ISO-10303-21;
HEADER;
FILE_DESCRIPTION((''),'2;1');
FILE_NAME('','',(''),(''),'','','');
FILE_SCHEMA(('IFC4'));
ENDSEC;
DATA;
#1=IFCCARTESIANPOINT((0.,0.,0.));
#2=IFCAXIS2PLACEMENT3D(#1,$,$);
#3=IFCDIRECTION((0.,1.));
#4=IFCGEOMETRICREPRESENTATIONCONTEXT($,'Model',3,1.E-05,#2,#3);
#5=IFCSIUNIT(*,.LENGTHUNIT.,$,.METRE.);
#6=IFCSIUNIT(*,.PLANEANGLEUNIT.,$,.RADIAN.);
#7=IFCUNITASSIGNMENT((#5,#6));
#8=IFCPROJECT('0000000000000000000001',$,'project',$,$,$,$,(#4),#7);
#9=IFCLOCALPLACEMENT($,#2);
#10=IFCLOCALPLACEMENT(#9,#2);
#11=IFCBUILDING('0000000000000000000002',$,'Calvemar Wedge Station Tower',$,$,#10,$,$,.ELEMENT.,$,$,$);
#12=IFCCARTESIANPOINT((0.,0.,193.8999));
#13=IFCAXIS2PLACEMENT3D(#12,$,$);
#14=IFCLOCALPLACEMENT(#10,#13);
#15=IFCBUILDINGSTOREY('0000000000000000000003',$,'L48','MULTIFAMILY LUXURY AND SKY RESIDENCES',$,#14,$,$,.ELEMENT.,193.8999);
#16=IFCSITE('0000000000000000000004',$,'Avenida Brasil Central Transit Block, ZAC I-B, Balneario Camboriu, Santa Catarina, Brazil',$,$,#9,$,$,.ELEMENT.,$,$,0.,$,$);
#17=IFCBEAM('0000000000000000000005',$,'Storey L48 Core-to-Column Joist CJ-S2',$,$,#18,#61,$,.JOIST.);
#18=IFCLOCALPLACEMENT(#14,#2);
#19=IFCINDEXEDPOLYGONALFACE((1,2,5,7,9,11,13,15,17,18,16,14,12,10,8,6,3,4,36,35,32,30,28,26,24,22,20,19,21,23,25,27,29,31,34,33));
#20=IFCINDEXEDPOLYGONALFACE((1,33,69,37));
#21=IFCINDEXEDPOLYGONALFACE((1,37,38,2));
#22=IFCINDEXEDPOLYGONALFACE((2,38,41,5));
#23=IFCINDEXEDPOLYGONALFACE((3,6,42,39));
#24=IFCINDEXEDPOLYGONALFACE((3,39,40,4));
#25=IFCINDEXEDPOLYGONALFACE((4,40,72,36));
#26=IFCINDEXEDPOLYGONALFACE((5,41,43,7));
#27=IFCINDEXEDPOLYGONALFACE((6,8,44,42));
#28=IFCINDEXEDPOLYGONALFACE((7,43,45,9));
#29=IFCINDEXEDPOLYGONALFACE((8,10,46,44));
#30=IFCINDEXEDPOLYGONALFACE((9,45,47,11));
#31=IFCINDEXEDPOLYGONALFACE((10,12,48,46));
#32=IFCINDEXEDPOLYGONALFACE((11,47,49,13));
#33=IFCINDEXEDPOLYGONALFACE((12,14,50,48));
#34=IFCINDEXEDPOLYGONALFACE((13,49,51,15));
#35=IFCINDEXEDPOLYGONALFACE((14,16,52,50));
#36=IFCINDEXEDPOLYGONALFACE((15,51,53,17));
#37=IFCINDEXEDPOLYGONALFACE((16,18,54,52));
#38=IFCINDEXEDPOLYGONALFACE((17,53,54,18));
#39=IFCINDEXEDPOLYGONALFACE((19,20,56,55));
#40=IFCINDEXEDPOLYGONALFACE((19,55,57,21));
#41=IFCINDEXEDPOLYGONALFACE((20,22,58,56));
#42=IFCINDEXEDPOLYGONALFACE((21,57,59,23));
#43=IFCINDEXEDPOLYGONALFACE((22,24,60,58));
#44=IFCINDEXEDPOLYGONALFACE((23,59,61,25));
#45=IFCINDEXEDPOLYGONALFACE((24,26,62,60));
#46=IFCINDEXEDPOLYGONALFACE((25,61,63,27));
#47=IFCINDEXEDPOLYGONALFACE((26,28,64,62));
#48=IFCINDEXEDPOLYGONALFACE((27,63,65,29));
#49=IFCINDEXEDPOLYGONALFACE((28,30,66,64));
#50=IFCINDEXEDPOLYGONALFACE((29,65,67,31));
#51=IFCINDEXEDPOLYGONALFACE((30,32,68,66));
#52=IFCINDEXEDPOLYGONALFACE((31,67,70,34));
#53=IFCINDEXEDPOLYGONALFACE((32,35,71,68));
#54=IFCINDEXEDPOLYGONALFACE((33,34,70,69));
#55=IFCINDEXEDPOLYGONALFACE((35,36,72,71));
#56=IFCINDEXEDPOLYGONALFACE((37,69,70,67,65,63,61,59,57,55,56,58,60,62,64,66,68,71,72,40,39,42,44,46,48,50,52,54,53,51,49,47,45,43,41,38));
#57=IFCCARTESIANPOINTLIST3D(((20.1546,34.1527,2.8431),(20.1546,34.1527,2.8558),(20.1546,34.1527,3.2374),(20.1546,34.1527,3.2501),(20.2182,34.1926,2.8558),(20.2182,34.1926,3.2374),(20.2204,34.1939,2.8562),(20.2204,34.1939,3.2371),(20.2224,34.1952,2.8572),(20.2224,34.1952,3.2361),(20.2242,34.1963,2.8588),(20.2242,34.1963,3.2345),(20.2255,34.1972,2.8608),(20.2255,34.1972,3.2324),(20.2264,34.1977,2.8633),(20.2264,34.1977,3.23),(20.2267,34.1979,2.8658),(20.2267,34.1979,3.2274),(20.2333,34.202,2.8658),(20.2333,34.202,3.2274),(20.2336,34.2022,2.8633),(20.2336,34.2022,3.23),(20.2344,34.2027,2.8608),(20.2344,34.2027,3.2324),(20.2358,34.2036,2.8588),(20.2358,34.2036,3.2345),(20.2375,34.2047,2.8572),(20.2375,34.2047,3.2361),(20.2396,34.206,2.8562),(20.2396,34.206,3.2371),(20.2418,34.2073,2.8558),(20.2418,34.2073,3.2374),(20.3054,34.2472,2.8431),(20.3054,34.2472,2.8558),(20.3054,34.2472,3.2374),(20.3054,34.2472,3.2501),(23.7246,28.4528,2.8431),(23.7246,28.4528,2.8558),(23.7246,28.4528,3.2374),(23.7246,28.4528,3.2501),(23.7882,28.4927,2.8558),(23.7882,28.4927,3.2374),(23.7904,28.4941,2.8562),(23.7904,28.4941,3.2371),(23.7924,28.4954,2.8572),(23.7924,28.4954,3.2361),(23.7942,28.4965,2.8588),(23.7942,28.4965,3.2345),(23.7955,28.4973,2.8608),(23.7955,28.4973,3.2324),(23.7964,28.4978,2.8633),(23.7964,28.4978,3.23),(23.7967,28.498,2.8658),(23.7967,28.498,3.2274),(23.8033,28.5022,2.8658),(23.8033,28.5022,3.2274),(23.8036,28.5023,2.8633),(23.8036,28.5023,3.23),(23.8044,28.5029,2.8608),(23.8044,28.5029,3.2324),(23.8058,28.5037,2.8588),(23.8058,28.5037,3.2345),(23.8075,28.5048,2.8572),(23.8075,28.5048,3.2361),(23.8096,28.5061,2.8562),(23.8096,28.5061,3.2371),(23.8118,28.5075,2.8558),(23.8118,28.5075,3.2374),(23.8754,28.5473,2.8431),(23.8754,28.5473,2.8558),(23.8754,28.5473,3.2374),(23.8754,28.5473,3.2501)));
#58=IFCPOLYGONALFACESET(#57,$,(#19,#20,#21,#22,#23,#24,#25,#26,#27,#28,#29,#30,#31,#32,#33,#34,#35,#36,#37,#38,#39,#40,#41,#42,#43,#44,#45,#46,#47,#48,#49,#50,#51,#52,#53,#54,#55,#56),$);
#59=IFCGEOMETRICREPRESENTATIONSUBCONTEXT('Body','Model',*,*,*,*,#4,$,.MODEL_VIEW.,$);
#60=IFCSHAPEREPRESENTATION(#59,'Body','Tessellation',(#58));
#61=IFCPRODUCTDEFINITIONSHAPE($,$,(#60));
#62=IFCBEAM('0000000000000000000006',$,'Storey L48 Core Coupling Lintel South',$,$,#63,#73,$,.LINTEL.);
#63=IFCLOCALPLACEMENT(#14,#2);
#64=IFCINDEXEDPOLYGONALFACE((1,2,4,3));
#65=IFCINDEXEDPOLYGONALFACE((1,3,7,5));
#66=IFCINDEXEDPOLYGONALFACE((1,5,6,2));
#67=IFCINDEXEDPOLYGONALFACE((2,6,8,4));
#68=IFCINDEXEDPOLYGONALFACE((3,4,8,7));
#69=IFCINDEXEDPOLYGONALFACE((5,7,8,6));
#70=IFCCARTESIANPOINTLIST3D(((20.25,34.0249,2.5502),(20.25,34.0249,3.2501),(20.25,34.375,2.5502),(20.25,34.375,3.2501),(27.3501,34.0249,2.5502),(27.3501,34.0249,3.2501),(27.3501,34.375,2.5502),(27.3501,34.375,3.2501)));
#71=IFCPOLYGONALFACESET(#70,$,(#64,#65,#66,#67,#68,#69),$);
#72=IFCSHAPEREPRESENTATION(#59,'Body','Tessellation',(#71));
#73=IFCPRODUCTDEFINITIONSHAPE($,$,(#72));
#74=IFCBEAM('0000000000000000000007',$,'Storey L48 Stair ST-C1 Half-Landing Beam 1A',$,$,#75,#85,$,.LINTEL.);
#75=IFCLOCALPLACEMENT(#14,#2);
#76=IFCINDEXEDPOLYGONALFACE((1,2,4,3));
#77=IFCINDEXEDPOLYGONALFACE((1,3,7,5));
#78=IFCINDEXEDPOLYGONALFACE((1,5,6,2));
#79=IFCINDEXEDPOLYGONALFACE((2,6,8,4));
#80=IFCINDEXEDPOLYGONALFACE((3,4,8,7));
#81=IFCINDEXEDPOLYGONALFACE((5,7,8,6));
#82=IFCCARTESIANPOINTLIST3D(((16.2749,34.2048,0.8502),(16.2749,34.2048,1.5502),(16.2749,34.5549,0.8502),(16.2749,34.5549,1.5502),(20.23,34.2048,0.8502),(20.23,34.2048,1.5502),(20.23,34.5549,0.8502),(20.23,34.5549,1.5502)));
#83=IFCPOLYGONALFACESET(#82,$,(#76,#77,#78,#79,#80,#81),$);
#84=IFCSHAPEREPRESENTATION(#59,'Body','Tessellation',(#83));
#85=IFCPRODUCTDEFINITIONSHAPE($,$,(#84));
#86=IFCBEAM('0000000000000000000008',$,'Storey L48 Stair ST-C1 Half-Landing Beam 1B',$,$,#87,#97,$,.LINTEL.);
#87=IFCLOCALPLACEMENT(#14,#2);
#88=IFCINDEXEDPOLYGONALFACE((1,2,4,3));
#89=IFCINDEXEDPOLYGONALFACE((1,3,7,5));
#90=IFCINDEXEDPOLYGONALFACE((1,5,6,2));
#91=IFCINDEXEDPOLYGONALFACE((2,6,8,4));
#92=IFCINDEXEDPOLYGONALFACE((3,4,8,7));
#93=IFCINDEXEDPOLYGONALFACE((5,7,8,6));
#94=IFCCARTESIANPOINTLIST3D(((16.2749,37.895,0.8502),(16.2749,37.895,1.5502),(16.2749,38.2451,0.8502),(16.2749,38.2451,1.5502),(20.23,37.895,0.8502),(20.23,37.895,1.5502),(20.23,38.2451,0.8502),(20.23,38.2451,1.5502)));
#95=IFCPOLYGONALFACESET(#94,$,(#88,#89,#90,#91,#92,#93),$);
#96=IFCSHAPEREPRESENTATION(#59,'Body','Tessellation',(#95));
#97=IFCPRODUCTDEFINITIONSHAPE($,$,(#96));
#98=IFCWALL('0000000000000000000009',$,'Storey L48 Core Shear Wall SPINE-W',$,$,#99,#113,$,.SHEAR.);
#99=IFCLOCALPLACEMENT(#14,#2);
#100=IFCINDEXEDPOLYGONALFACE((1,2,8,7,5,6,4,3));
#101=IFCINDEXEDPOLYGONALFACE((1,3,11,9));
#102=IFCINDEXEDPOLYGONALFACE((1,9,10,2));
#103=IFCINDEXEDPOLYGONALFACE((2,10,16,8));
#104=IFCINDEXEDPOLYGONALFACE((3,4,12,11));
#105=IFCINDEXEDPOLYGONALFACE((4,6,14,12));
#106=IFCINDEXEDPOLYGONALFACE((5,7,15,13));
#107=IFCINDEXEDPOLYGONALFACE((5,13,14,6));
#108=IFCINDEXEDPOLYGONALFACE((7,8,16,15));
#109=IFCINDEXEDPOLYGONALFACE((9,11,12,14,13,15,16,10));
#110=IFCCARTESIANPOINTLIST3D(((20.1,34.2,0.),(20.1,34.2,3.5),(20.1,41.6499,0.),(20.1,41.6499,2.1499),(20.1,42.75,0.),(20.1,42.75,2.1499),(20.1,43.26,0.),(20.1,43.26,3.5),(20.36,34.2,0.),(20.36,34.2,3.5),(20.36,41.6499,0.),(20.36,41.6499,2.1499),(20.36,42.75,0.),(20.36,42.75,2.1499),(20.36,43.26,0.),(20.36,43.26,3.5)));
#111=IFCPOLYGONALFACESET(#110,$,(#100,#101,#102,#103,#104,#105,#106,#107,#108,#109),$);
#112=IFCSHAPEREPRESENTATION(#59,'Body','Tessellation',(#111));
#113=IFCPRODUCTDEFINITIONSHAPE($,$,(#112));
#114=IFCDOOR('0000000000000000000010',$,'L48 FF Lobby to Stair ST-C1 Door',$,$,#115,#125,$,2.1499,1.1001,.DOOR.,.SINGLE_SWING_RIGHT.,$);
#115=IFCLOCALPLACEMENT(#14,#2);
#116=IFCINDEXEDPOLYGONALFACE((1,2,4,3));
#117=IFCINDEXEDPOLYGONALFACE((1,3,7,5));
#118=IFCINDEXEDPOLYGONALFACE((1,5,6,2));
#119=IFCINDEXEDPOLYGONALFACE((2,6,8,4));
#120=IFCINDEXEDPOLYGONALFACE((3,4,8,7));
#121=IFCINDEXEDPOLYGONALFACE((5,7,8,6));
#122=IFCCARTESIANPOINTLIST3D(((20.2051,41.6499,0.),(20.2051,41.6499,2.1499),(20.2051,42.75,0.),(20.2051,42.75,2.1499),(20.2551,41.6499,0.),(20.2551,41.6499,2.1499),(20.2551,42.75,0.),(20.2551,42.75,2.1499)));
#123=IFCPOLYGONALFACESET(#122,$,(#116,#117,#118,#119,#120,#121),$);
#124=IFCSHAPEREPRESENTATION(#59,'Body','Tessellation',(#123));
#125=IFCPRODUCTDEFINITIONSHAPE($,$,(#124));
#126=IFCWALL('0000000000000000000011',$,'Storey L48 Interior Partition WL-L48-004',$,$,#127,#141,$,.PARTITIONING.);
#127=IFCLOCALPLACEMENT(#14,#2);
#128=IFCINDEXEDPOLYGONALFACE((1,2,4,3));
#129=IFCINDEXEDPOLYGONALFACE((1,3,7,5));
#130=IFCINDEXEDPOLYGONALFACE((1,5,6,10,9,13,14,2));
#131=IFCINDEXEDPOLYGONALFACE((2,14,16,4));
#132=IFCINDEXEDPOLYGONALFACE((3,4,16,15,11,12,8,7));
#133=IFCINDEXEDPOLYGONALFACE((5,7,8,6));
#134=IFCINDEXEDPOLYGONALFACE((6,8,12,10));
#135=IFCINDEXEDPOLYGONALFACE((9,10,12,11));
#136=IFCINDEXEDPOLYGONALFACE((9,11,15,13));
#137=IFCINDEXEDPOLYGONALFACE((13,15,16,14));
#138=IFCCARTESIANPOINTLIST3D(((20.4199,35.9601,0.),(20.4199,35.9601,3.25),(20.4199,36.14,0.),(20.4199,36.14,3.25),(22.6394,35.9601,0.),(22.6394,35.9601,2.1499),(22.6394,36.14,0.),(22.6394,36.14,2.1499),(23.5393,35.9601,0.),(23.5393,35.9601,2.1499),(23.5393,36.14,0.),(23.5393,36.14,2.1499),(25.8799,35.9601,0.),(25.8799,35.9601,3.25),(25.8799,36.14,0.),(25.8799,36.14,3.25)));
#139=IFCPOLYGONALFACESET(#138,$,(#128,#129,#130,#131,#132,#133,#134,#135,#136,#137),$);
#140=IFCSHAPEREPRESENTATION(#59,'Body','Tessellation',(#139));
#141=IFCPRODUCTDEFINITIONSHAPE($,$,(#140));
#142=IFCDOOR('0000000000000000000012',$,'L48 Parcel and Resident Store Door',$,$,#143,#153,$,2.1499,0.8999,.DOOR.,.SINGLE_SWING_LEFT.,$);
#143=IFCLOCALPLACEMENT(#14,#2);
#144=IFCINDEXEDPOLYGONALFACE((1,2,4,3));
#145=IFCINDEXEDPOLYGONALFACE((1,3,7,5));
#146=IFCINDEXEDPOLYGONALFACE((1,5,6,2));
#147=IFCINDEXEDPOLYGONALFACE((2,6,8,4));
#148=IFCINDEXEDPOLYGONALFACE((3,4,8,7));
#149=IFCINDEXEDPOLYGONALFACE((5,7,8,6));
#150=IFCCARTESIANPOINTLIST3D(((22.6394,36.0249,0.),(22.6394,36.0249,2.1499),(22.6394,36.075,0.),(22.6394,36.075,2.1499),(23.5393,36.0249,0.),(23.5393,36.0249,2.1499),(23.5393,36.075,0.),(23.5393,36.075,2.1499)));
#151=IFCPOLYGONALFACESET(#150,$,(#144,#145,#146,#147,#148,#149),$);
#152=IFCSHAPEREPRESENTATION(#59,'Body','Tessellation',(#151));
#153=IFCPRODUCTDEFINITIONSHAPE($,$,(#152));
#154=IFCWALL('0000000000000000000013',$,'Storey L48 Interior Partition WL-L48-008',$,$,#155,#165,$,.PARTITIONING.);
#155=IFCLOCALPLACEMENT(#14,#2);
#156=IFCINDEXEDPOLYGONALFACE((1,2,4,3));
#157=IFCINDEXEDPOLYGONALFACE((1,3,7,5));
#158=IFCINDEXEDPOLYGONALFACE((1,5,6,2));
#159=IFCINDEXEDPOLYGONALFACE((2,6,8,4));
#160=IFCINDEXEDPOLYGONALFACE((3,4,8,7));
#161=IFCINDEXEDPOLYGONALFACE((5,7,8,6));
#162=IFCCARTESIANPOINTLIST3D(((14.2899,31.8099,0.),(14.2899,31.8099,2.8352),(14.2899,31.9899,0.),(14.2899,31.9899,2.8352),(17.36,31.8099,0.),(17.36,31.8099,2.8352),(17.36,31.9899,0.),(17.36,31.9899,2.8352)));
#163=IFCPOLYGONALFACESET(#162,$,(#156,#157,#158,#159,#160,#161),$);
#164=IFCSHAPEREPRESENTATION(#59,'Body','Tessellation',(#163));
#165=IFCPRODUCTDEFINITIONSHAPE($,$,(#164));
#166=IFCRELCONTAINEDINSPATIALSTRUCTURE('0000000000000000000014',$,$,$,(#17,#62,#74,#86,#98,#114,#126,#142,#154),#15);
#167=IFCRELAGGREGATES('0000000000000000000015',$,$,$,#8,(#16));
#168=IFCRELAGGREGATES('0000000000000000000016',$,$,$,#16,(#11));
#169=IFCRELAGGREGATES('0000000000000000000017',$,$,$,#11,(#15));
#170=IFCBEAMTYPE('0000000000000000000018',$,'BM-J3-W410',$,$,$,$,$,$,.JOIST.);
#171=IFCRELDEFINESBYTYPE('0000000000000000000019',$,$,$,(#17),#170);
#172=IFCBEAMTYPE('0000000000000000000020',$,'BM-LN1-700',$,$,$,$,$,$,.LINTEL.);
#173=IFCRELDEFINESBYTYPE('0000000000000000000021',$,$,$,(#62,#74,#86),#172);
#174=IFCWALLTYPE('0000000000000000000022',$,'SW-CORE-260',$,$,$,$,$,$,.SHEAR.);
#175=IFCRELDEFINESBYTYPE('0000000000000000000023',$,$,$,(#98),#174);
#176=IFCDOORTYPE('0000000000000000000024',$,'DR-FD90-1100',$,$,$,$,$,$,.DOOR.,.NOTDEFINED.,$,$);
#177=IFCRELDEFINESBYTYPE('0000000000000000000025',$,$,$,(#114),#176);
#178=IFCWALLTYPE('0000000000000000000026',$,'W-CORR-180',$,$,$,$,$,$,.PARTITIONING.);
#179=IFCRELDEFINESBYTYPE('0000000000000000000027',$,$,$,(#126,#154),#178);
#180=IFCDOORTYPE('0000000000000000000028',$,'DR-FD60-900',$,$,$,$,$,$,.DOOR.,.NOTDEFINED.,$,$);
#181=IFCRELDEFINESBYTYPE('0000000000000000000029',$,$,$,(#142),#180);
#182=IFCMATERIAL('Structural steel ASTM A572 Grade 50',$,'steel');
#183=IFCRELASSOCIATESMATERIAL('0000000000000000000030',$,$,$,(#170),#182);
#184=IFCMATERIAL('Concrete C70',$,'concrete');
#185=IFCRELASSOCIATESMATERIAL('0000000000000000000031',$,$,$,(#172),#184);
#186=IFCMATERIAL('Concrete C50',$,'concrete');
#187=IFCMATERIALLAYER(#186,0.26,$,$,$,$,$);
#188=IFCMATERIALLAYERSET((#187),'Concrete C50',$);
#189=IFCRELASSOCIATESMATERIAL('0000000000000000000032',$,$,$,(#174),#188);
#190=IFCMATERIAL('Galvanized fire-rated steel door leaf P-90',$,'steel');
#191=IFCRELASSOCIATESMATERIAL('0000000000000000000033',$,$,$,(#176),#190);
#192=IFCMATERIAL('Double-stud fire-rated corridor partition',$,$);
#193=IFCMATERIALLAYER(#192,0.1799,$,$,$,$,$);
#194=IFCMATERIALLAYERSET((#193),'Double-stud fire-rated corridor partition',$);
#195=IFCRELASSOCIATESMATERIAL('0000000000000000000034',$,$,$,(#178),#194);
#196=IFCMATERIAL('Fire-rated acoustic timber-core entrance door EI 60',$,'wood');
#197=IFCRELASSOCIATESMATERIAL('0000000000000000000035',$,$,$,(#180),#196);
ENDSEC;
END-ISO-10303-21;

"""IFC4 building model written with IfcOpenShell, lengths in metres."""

from ifc_helpers import new_model, si_unit, direction, frame, frame_2d, origin, origin_2d, place, context, subcontext, project, spatial, rectangle, i_section, extrude, source, transform, mapped, material, layer, layer_set, material_profile, profile_set, type_object, element, fill, save


model = new_model("IFC4")

# Units and contexts
model_context = context("Model", 3, precision=1e-05, world=origin(), true_north=direction((0.0, 1.0)))
body_context = subcontext(model_context, "Body", "Model", "MODEL_VIEW")
ifc_project = project(units=[si_unit("LENGTHUNIT", "METRE"), si_unit("PLANEANGLEUNIT", "RADIAN")], contexts=[model_context])

# Site, building, storey
site_placement = place(None, origin())
site = spatial("IfcSite", under=ifc_project, at=site_placement, Name="Avenida Brasil Central Transit Block, ZAC I-B, Balneario Camboriu, Santa Catarina, Brazil", CompositionType="ELEMENT", RefElevation=0.0)
building_placement = place(site_placement, origin())
building = spatial("IfcBuilding", under=site, at=building_placement, Name="Calvemar Wedge Station Tower", CompositionType="ELEMENT")
storey_placement = place(building_placement, frame((0.0, 0.0, 193.8999)))
storey = spatial("IfcBuildingStorey", under=building, at=storey_placement, Name="L48", Description="MULTIFAMILY LUXURY AND SKY RESIDENCES", CompositionType="ELEMENT", Elevation=193.8999)

# Beams
ifc_material_1 = material(Name="Structural steel ASTM A572 Grade 50", Category="steel")
ifc_material_profile_1 = material_profile(ifc_material_1, i_section(OverallWidth=0.178, OverallDepth=0.407, WebThickness=0.0078, FlangeThickness=0.0127, FilletRadius=0.01, at=origin_2d()), Name="W410x60")
ifc_profile_set_1 = profile_set([ifc_material_profile_1], Name="Structural steel ASTM A572 Grade 50")
beam_type_1 = type_object("IfcBeamType", Name="BM-J3-W410", PredefinedType="JOIST", material=ifc_profile_set_1)
shared_shape_1 = source(origin(), body_context, "Body", "SweptSolid", [
    extrude(i_section(OverallWidth=0.178, OverallDepth=0.407, WebThickness=0.0078, FlangeThickness=0.0127, FilletRadius=0.01, at=origin_2d()), origin(), (0.0, 0.0, 1.0), 6.7256),
])
beam_1_placement = place(storey_placement, frame((20.23, 34.2, 3.0466), z_axis=(0.530811, -0.84749, 0.0), x_axis=(0.84749, 0.530811, 0.0)))
element("IfcBeam", 1, at=beam_1_placement, inside=storey, type_object=beam_type_1, Name="Storey L48 Core-to-Column Joist CJ-S2", PredefinedType="JOIST", context=body_context, shape_type="MappedRepresentation", body=[
    mapped(shared_shape_1, transform((0.0, 0.0, 0.0), scale=1.0)),
])
ifc_material_2 = material(Name="Concrete C70", Category="concrete")
ifc_material_profile_2 = material_profile(ifc_material_2, rectangle(XDim=0.3501, YDim=0.7, at=origin_2d()), Name="RC350x700")
ifc_profile_set_2 = profile_set([ifc_material_profile_2], Name="Concrete C70")
beam_type_2 = type_object("IfcBeamType", Name="BM-LN1-700", PredefinedType="LINTEL", material=ifc_profile_set_2)
shared_shape_2 = source(origin(), body_context, "Body", "SweptSolid", [
    extrude(rectangle(XDim=0.3501, YDim=0.7, at=origin_2d()), origin(), (0.0, 0.0, 1.0), 7.1001),
])
beam_2_placement = place(storey_placement, frame((20.25, 34.2, 2.9001), z_axis=(1.0, 0.0, 0.0), x_axis=(0.0, 1.0, 0.0)))
element("IfcBeam", 2, at=beam_2_placement, inside=storey, type_object=beam_type_2, Name="Storey L48 Core Coupling Lintel South", PredefinedType="LINTEL", context=body_context, shape_type="MappedRepresentation", body=[
    mapped(shared_shape_2, transform((0.0, 0.0, 0.0), scale=1.0)),
])
shared_shape_3 = source(origin(), body_context, "Body", "SweptSolid", [
    extrude(rectangle(XDim=0.3501, YDim=0.7, at=origin_2d()), origin(), (0.0, 0.0, 1.0), 3.9551),
])
for number, where, z_axis, x_axis, name in (
    (3, (16.2749, 34.3799, 1.2002), (1.0, 0.0, 0.0), (0.0, 1.0, 0.0), "Storey L48 Stair ST-C1 Half-Landing Beam 1A"),
    (4, (16.2749, 38.0701, 1.2002), (1.0, 0.0, 0.0), (0.0, 1.0, 0.0), "Storey L48 Stair ST-C1 Half-Landing Beam 1B"),
):
    element("IfcBeam", number, at=place(storey_placement, frame(where, z_axis=z_axis, x_axis=x_axis)), inside=storey, type_object=beam_type_2, Name=name, PredefinedType="LINTEL", context=body_context, shape_type="MappedRepresentation", body=[
        mapped(shared_shape_3, transform((0.0, 0.0, 0.0), scale=1.0)),
    ])

# Walls, openings, doors
ifc_material_3 = material(Name="Concrete C50", Category="concrete")
ifc_layer_1 = layer(ifc_material_3, 0.26)
ifc_layer_set_1 = layer_set([ifc_layer_1], Name="Concrete C50")
wall_type_1 = type_object("IfcWallType", Name="SW-CORE-260", PredefinedType="SHEAR", material=ifc_layer_set_1)
wall_1_placement = place(storey_placement, frame((20.23, 34.2, 0.0), z_axis=(0.0, 0.0, 1.0), x_axis=(0.0, 1.0, 0.0)))
wall_1 = element("IfcWall", 5, at=wall_1_placement, inside=storey, type_object=wall_type_1, Name="Storey L48 Core Shear Wall SPINE-W", PredefinedType="SHEAR", context=body_context, shape_type="SweptSolid", body=[
    extrude(rectangle(XDim=9.0601, YDim=0.26, at=frame_2d((4.53, 0.0))), origin(), (0.0, 0.0, 1.0), 3.5),
])
shared_shape_4 = source(origin(), body_context, "Body", "SweptSolid", [
    extrude(rectangle(XDim=1.1001, YDim=2.1499, at=frame_2d((0.55, 1.075))), frame((0.0, 0.1401, 0.0), z_axis=(0.0, -1.0, 0.0), x_axis=(1.0, 0.0, 0.0)), (0.0, 0.0, 1.0), 0.28),
])
opening_1_placement = place(wall_1_placement, frame((7.45, 0.0, 0.0)))
opening_1 = element("IfcOpeningElement", 6, at=opening_1_placement, cuts=wall_1, PredefinedType="OPENING", context=body_context, shape_type="MappedRepresentation", body=[
    mapped(shared_shape_4, transform((0.0, 0.0, 0.0), scale=1.0)),
])
ifc_material_4 = material(Name="Galvanized fire-rated steel door leaf P-90", Category="steel")
door_type_1 = type_object("IfcDoorType", Name="DR-FD90-1100", OperationType="NOTDEFINED", PredefinedType="DOOR", material=ifc_material_4)
shared_shape_5 = source(origin(), body_context, "Body", "SweptSolid", [
    extrude(rectangle(XDim=1.1001, YDim=2.1499, at=frame_2d((0.55, 1.075))), frame((0.0, 0.0249, 0.0), z_axis=(0.0, -1.0, 0.0), x_axis=(1.0, 0.0, 0.0)), (0.0, 0.0, 1.0), 0.05),
])
door_1_placement = place(opening_1_placement, origin())
door_1 = element("IfcDoor", 7, at=door_1_placement, inside=storey, type_object=door_type_1, Name="L48 FF Lobby to Stair ST-C1 Door", OperationType="SINGLE_SWING_RIGHT", OverallHeight=2.1499, OverallWidth=1.1001, PredefinedType="DOOR", context=body_context, shape_type="MappedRepresentation", body=[
    mapped(shared_shape_5, transform((0.0, 0.0, 0.0), scale=1.0)),
])
fill(opening_1, door_1)
ifc_material_5 = material(Name="Double-stud fire-rated corridor partition")
ifc_layer_2 = layer(ifc_material_5, 0.1799)
ifc_layer_set_2 = layer_set([ifc_layer_2], Name="Double-stud fire-rated corridor partition")
wall_type_2 = type_object("IfcWallType", Name="W-CORR-180", PredefinedType="PARTITIONING", material=ifc_layer_set_2)
wall_2_placement = place(storey_placement, frame((20.4199, 36.05, 0.0), z_axis=(0.0, 0.0, 1.0), x_axis=(1.0, 0.0, 0.0)))
wall_2 = element("IfcWall", 8, at=wall_2_placement, inside=storey, type_object=wall_type_2, Name="Storey L48 Interior Partition WL-L48-004", PredefinedType="PARTITIONING", context=body_context, shape_type="SweptSolid", body=[
    extrude(rectangle(XDim=5.46, YDim=0.1799, at=frame_2d((2.73, 0.0))), origin(), (0.0, 0.0, 1.0), 3.25),
])
shared_shape_6 = source(origin(), body_context, "Body", "SweptSolid", [
    extrude(rectangle(XDim=0.8999, YDim=2.1499, at=frame_2d((0.45, 1.075))), frame((0.0, 0.1001, 0.0), z_axis=(0.0, -1.0, 0.0), x_axis=(1.0, 0.0, 0.0)), (0.0, 0.0, 1.0), 0.2),
])
opening_2_placement = place(wall_2_placement, frame((2.2195, 0.0, 0.0)))
opening_2 = element("IfcOpeningElement", 9, at=opening_2_placement, cuts=wall_2, PredefinedType="OPENING", context=body_context, shape_type="MappedRepresentation", body=[
    mapped(shared_shape_6, transform((0.0, 0.0, 0.0), scale=1.0)),
])
ifc_material_6 = material(Name="Fire-rated acoustic timber-core entrance door EI 60", Category="wood")
door_type_2 = type_object("IfcDoorType", Name="DR-FD60-900", OperationType="NOTDEFINED", PredefinedType="DOOR", material=ifc_material_6)
shared_shape_7 = source(origin(), body_context, "Body", "SweptSolid", [
    extrude(rectangle(XDim=0.8999, YDim=2.1499, at=frame_2d((0.45, 1.075))), frame((0.0, 0.0249, 0.0), z_axis=(0.0, -1.0, 0.0), x_axis=(1.0, 0.0, 0.0)), (0.0, 0.0, 1.0), 0.05),
])
door_2_placement = place(opening_2_placement, origin())
door_2 = element("IfcDoor", 10, at=door_2_placement, inside=storey, type_object=door_type_2, Name="L48 Parcel and Resident Store Door", OperationType="SINGLE_SWING_LEFT", OverallHeight=2.1499, OverallWidth=0.8999, PredefinedType="DOOR", context=body_context, shape_type="MappedRepresentation", body=[
    mapped(shared_shape_7, transform((0.0, 0.0, 0.0), scale=1.0)),
])
fill(opening_2, door_2)

# Wall
wall_3_placement = place(storey_placement, frame((17.3601, 31.8999, 0.0), z_axis=(0.0, 0.0, 1.0), x_axis=(-1.0, 0.0, 0.0)))
element("IfcWall", 11, at=wall_3_placement, inside=storey, type_object=wall_type_2, Name="Storey L48 Interior Partition WL-L48-008", PredefinedType="PARTITIONING", context=body_context, shape_type="SweptSolid", body=[
    extrude(rectangle(XDim=3.0701, YDim=0.1799, at=frame_2d((1.5352, 0.0))), origin(), (0.0, 0.0, 1.0), 2.8352),
])

save(model, "model.ifc")
